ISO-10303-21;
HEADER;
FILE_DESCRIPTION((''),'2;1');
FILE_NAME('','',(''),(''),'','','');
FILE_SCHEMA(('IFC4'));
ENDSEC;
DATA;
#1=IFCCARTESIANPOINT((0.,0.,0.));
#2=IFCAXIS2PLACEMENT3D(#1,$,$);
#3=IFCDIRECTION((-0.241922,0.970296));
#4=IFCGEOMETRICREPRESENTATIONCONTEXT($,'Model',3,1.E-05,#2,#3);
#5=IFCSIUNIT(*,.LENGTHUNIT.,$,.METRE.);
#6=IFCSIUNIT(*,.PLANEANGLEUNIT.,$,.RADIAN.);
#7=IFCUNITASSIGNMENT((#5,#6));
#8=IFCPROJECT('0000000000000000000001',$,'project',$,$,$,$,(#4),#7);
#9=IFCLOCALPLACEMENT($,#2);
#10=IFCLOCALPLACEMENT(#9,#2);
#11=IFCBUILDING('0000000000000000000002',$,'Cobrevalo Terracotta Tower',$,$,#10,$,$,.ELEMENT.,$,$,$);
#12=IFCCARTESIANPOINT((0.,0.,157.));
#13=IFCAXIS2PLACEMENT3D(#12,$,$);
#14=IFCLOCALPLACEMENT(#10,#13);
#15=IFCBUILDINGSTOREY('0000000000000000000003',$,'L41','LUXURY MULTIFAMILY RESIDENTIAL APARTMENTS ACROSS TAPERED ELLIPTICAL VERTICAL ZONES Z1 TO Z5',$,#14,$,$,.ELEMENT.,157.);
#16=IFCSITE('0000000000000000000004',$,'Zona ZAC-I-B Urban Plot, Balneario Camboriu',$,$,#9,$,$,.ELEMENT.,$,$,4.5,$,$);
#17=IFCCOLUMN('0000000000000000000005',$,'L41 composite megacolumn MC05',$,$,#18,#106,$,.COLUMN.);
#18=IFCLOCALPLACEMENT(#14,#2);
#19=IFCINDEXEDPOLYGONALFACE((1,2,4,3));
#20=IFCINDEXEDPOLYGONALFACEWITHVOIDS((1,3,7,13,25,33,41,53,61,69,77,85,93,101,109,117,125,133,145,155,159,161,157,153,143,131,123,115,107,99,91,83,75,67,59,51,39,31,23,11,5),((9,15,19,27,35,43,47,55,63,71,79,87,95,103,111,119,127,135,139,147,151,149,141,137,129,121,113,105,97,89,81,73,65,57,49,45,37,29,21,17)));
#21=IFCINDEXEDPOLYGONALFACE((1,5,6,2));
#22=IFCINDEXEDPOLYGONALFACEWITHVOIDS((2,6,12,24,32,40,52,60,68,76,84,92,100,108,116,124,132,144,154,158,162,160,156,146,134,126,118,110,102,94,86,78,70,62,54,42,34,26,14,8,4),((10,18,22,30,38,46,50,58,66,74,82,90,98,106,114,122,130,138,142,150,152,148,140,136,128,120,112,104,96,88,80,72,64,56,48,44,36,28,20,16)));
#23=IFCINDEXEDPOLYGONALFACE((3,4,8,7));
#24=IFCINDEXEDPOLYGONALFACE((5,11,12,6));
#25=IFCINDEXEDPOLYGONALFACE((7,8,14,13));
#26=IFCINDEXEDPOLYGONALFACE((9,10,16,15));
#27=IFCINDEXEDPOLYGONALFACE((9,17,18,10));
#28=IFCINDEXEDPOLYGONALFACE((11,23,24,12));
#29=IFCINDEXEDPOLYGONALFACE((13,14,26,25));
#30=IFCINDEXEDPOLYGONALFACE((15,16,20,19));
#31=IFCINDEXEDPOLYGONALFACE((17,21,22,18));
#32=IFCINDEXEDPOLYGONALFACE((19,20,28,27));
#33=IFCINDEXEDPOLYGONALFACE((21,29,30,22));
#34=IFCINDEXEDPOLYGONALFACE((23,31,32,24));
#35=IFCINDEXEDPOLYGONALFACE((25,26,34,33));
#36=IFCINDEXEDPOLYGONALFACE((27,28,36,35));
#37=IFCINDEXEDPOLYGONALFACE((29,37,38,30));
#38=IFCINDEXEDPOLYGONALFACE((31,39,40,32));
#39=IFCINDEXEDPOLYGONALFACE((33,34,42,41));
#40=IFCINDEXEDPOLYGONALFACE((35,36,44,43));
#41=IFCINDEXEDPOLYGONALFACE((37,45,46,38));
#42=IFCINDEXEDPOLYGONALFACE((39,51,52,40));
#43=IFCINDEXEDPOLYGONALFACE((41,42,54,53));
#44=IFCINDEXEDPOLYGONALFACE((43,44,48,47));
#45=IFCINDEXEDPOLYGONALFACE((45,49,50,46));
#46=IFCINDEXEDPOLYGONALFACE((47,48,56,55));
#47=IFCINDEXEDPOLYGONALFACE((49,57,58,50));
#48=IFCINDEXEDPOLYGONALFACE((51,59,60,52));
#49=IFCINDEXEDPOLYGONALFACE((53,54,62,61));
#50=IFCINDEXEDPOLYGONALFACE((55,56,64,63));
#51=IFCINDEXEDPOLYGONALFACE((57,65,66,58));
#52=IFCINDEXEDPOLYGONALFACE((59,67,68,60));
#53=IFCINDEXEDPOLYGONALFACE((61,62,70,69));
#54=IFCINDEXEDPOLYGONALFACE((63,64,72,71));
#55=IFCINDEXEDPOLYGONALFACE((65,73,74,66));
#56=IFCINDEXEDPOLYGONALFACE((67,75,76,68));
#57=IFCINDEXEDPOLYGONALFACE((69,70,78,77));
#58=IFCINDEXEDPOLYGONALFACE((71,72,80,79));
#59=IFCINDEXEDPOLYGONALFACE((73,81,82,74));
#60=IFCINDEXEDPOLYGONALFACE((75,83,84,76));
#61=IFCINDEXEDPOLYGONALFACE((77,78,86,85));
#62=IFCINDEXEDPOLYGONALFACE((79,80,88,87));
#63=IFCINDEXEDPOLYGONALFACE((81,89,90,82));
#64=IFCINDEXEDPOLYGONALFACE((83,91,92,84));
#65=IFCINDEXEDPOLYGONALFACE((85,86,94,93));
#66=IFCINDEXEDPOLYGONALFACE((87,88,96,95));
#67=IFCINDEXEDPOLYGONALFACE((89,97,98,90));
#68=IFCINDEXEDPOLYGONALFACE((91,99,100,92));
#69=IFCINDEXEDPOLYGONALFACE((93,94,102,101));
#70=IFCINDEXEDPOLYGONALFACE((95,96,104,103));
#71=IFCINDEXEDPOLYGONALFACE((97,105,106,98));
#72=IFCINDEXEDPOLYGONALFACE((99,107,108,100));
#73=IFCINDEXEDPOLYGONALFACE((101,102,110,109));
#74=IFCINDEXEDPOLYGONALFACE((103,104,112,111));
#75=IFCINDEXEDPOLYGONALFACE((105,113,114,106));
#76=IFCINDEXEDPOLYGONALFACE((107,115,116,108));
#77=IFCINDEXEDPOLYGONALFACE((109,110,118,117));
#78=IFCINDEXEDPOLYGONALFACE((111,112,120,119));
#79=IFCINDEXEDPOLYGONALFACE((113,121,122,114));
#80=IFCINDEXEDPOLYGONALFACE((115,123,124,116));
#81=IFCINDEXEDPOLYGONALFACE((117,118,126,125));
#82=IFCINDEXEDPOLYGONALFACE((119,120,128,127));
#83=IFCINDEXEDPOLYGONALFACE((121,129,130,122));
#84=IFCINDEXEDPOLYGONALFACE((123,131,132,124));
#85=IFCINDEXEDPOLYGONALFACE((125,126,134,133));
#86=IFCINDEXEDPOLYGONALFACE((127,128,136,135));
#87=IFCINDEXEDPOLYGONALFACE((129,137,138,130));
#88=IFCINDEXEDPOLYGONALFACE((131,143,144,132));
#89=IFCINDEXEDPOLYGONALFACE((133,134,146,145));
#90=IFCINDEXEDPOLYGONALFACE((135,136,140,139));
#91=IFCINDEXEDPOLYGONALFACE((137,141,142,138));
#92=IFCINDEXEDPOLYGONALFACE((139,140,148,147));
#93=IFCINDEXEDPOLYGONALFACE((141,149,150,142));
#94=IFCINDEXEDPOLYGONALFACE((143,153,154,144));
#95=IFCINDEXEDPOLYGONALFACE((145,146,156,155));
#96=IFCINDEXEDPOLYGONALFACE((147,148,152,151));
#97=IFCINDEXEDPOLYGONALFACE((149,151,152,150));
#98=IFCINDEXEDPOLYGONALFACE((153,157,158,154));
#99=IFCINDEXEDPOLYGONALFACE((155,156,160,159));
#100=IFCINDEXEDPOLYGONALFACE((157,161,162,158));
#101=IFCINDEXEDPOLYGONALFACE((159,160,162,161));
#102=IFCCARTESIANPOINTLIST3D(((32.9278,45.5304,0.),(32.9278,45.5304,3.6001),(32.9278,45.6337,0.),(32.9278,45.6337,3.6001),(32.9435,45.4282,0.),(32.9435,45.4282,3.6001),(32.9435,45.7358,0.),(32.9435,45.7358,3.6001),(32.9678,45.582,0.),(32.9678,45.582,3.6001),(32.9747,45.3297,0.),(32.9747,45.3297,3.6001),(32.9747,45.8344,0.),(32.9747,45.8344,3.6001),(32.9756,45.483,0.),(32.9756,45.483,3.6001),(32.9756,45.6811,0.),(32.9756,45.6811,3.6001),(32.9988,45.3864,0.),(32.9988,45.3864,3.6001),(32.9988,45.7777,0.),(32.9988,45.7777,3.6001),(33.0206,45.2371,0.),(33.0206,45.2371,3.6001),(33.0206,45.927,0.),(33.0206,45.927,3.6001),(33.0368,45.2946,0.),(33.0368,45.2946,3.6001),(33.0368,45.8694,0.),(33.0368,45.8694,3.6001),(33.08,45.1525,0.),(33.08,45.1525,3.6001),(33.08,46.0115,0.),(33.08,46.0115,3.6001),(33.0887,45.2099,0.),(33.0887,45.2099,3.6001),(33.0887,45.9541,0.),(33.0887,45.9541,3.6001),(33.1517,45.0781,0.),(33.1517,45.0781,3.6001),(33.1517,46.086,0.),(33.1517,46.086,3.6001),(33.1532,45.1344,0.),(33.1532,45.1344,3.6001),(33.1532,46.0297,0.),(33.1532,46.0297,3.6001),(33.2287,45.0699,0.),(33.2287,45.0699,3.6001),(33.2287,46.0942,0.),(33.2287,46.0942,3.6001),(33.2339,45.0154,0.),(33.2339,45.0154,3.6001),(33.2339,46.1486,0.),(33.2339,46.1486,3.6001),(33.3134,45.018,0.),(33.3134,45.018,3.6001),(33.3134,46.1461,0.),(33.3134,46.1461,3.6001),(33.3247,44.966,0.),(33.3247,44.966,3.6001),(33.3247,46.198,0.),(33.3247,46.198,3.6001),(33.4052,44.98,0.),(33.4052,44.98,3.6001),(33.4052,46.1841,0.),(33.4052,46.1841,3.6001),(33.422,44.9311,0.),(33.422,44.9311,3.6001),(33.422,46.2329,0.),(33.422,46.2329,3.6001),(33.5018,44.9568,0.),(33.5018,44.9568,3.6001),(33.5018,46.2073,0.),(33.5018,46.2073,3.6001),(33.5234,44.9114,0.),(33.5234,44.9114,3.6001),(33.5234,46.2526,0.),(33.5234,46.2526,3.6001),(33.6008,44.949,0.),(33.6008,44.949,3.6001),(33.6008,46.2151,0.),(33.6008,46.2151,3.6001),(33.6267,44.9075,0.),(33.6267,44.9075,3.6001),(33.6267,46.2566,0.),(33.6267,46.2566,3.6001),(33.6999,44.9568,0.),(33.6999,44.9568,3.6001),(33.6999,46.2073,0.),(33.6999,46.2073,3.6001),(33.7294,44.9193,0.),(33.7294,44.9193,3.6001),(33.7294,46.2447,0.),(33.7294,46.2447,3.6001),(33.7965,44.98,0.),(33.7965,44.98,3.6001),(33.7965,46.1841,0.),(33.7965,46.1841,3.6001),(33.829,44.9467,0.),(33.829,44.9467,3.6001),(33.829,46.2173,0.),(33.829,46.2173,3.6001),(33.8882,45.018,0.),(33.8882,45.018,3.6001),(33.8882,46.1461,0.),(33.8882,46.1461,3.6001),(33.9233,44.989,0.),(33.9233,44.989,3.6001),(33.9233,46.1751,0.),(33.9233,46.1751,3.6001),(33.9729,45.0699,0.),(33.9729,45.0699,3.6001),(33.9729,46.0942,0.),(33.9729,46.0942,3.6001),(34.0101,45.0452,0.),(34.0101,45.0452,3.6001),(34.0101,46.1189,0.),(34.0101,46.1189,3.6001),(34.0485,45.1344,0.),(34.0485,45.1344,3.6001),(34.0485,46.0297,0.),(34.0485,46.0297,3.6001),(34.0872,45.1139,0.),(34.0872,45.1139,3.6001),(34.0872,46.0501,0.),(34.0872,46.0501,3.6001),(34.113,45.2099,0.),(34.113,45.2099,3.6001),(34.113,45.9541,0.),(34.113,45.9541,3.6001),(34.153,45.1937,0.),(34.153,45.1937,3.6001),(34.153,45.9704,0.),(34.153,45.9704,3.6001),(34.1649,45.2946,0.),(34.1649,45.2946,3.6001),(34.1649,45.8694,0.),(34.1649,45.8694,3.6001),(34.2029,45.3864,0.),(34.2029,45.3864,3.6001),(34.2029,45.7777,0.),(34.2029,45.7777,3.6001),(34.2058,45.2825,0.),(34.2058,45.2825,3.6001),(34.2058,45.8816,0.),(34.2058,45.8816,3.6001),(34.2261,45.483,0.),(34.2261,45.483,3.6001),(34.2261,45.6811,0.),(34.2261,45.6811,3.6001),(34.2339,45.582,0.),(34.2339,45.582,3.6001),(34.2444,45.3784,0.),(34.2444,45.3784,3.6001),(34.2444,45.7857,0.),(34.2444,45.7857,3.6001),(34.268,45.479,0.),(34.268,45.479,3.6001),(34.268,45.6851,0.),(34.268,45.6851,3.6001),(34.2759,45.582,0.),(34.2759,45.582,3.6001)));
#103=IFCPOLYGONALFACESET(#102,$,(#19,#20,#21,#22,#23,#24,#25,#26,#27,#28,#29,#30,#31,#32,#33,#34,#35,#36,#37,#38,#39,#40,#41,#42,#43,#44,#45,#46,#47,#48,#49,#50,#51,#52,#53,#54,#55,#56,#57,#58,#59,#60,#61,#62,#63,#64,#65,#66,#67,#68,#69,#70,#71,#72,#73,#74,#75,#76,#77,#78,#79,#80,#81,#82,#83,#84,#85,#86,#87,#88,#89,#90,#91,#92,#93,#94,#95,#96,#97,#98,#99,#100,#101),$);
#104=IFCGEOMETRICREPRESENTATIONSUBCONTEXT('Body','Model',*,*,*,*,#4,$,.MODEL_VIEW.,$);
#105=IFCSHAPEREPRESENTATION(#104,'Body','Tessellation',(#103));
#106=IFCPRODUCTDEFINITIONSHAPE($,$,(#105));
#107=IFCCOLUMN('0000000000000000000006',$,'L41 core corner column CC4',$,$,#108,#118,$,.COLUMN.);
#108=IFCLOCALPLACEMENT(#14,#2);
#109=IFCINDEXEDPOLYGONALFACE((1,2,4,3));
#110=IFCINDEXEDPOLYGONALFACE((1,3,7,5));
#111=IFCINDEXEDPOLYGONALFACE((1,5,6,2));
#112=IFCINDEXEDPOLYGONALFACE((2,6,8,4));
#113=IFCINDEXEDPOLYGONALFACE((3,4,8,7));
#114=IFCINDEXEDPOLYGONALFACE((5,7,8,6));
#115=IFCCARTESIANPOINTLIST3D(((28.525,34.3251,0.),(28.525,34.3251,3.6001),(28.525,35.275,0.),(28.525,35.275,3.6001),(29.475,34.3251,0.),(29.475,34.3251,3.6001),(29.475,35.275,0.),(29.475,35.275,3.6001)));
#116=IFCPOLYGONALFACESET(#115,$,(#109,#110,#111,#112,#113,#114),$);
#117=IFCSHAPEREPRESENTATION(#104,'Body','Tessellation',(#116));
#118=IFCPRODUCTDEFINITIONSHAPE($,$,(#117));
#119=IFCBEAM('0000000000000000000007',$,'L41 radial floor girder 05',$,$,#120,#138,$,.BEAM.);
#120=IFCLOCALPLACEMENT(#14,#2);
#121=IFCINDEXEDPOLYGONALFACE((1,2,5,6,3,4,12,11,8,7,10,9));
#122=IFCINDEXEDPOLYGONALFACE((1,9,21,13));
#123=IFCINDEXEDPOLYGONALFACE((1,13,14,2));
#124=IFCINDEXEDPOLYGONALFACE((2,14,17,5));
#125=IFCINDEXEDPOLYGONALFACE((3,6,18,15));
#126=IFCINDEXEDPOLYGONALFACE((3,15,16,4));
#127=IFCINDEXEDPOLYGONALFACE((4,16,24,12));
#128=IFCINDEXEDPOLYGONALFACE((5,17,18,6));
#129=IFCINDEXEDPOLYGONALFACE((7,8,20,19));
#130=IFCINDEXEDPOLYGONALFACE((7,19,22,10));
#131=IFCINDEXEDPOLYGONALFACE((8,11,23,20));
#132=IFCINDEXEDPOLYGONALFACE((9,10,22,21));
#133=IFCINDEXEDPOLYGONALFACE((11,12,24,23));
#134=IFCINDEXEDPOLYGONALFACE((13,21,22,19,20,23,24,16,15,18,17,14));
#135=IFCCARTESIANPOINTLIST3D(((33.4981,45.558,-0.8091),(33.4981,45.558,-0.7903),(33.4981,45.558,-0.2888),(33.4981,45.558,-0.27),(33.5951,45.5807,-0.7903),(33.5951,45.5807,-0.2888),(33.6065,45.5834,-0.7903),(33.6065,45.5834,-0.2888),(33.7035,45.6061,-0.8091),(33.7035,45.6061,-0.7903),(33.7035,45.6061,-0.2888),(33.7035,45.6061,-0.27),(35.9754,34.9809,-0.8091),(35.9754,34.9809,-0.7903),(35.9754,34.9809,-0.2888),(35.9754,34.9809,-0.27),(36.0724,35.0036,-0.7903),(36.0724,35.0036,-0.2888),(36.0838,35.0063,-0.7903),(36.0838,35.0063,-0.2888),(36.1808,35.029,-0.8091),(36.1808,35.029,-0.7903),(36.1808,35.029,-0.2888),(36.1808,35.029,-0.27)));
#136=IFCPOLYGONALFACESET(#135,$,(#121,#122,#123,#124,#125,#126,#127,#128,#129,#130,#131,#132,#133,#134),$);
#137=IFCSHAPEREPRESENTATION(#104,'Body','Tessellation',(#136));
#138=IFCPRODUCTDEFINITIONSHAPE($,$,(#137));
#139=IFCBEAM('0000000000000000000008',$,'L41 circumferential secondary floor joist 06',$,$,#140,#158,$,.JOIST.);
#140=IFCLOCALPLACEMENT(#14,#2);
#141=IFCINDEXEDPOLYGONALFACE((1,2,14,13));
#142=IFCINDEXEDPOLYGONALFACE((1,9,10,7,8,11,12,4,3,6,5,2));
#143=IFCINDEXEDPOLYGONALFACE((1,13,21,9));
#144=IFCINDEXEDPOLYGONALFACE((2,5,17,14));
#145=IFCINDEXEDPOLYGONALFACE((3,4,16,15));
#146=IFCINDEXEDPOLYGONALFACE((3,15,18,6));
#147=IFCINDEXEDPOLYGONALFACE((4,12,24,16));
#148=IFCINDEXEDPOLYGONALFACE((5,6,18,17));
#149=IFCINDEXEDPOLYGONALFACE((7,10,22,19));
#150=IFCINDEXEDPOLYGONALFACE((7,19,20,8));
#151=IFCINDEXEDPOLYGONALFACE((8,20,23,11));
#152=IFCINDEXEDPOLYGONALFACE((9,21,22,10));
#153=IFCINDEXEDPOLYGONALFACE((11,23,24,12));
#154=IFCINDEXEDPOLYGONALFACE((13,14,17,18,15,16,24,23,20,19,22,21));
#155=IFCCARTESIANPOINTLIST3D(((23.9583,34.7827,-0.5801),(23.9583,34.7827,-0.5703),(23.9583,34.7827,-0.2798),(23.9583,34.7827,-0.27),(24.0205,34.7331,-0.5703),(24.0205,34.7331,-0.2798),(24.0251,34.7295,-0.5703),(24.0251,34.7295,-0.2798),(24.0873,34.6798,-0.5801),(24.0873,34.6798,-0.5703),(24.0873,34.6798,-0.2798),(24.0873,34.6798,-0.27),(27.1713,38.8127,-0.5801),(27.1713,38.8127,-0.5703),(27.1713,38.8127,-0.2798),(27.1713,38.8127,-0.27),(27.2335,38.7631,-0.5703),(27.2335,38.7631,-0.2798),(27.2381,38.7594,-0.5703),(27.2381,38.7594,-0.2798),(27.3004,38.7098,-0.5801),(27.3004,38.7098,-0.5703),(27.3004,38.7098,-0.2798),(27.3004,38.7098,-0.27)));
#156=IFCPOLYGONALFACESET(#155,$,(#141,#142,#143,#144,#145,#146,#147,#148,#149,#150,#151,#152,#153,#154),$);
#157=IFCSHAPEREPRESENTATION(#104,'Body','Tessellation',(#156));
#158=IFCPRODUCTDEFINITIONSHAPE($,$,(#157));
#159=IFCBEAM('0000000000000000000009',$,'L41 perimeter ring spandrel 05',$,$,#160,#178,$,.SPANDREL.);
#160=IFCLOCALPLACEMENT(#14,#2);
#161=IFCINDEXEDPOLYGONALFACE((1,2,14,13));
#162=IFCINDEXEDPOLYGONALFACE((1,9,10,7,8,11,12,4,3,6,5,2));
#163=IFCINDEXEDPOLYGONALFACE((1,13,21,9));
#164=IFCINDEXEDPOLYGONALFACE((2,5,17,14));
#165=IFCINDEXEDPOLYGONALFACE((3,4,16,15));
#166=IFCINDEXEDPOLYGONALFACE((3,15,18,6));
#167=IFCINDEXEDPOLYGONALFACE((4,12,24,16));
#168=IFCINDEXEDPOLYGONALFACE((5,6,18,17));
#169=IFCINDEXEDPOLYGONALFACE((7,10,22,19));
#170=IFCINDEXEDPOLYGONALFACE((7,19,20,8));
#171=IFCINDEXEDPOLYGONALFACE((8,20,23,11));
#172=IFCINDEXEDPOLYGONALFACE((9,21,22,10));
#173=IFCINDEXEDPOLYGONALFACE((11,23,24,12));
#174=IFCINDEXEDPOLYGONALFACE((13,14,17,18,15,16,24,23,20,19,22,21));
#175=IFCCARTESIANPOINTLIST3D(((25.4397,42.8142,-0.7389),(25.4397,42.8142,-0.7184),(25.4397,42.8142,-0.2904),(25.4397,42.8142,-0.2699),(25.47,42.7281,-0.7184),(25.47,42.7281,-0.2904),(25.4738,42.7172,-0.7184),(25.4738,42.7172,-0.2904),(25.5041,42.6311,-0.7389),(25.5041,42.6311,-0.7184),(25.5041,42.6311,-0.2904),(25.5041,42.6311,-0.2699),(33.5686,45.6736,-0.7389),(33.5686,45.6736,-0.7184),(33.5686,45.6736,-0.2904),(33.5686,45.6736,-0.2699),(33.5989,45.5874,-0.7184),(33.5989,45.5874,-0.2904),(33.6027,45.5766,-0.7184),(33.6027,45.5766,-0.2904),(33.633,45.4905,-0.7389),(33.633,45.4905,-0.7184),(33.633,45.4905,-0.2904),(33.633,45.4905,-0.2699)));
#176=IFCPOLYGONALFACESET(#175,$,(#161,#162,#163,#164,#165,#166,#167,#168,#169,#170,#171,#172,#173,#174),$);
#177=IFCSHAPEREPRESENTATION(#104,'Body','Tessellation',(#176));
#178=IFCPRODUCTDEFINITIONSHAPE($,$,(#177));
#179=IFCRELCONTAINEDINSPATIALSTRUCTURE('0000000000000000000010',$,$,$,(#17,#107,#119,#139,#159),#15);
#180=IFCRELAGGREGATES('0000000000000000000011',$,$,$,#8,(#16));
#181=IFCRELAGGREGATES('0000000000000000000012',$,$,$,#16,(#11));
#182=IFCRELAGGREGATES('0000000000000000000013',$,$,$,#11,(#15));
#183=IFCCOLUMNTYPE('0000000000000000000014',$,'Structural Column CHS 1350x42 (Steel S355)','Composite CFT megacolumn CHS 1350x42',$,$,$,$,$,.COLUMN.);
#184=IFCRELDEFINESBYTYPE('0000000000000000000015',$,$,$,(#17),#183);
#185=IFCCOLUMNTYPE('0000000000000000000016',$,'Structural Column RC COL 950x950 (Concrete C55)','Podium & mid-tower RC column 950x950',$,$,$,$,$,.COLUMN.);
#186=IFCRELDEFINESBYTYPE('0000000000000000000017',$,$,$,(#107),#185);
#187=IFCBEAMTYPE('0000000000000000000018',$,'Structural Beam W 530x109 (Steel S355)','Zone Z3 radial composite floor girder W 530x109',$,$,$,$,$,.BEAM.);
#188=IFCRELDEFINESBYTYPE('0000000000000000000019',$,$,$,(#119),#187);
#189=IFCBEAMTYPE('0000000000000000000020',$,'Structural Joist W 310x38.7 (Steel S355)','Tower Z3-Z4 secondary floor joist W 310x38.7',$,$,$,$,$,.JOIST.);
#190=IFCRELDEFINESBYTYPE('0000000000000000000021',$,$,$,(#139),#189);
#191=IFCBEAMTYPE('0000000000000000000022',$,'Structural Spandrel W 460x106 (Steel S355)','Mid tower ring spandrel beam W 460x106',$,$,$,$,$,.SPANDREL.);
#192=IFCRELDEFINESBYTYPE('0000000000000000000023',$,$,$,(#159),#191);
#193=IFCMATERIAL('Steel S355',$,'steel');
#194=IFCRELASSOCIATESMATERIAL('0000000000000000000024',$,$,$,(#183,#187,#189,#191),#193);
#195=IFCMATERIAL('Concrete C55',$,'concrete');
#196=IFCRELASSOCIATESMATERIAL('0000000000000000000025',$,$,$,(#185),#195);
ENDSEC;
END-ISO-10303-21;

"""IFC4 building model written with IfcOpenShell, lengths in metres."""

from ifc_helpers import new_model, si_unit, direction, frame, origin, origin_2d, place, context, subcontext, project, spatial, rectangle, hollow_circle, i_section, extrude, material, material_profile, profile_set, type_object, element, save


model = new_model("IFC4")

# Units and contexts
model_context = context("Model", 3, precision=1e-05, world=origin(), true_north=direction((-0.241922, 0.970296)))
body_context = subcontext(model_context, "Body", "Model", "MODEL_VIEW")
ifc_project = project(units=[si_unit("LENGTHUNIT", "METRE"), si_unit("PLANEANGLEUNIT", "RADIAN")], contexts=[model_context])

# Site, building, storey
site_placement = place(None, origin())
site = spatial("IfcSite", under=ifc_project, at=site_placement, Name="Zona ZAC-I-B Urban Plot, Balneario Camboriu", CompositionType="ELEMENT", RefElevation=4.5)
building_placement = place(site_placement, origin())
building = spatial("IfcBuilding", under=site, at=building_placement, Name="Cobrevalo Terracotta Tower", CompositionType="ELEMENT")
storey_placement = place(building_placement, frame((0.0, 0.0, 157.0)))
storey = spatial("IfcBuildingStorey", under=building, at=storey_placement, Name="L41", Description="LUXURY MULTIFAMILY RESIDENTIAL APARTMENTS ACROSS TAPERED ELLIPTICAL VERTICAL ZONES Z1 TO Z5", CompositionType="ELEMENT", Elevation=157.0)

# Columns
ifc_material_1 = material(Name="Steel S355", Category="steel")
ifc_material_profile_1 = material_profile(ifc_material_1, hollow_circle(Radius=0.675, WallThickness=0.042, at=origin_2d()), Name="CHS 1350x42")
ifc_profile_set_1 = profile_set([ifc_material_profile_1], Name="Steel S355")
column_type_1 = type_object("IfcColumnType", Name="Structural Column CHS 1350x42 (Steel S355)", Description="Composite CFT megacolumn CHS 1350x42", PredefinedType="COLUMN", material=ifc_profile_set_1)
column_1_placement = place(storey_placement, frame((33.6008, 45.582, 0.0), z_axis=(0.0, 0.0, 1.0), x_axis=(1.0, 0.0, 0.0)))
element("IfcColumn", 1, at=column_1_placement, inside=storey, type_object=column_type_1, Name="L41 composite megacolumn MC05", PredefinedType="COLUMN", context=body_context, shape_type="SweptSolid", body=[
    extrude(hollow_circle(Radius=0.675, WallThickness=0.042, at=origin_2d()), origin(), (0.0, 0.0, 1.0), 3.6001),
])
ifc_material_2 = material(Name="Concrete C55", Category="concrete")
ifc_material_profile_2 = material_profile(ifc_material_2, rectangle(XDim=0.95, YDim=0.95, at=origin_2d()), Name="RC COL 950x950")
ifc_profile_set_2 = profile_set([ifc_material_profile_2], Name="Concrete C55")
column_type_2 = type_object("IfcColumnType", Name="Structural Column RC COL 950x950 (Concrete C55)", Description="Podium & mid-tower RC column 950x950", PredefinedType="COLUMN", material=ifc_profile_set_2)
column_2_placement = place(storey_placement, frame((29.0, 34.8, 0.0), z_axis=(0.0, 0.0, 1.0), x_axis=(1.0, 0.0, 0.0)))
element("IfcColumn", 2, at=column_2_placement, inside=storey, type_object=column_type_2, Name="L41 core corner column CC4", PredefinedType="COLUMN", context=body_context, shape_type="SweptSolid", body=[
    extrude(rectangle(XDim=0.95, YDim=0.95, at=origin_2d()), origin(), (0.0, 0.0, 1.0), 3.6001),
])

# Beams
ifc_material_profile_3 = material_profile(ifc_material_1, i_section(OverallWidth=0.2109, OverallDepth=0.5391, WebThickness=0.0117, FlangeThickness=0.0188, at=origin_2d()), Name="W 530x109")
ifc_profile_set_3 = profile_set([ifc_material_profile_3], Name="Steel S355")
beam_type_1 = type_object("IfcBeamType", Name="Structural Beam W 530x109 (Steel S355)", Description="Zone Z3 radial composite floor girder W 530x109", PredefinedType="BEAM", material=ifc_profile_set_3)
beam_1_placement = place(storey_placement, frame((33.6008, 45.582, -0.5396), z_axis=(0.228041, -0.973652, 0.0), x_axis=(0.973652, 0.228041, 0.0)))
element("IfcBeam", 3, at=beam_1_placement, inside=storey, type_object=beam_type_1, Name="L41 radial floor girder 05", PredefinedType="BEAM", context=body_context, shape_type="SweptSolid", body=[
    extrude(i_section(OverallWidth=0.2109, OverallDepth=0.5391, WebThickness=0.0117, FlangeThickness=0.0188, at=origin_2d()), origin(), (0.0, 0.0, 1.0), 10.8633),
])
ifc_material_profile_4 = material_profile(ifc_material_1, i_section(OverallWidth=0.165, OverallDepth=0.3101, WebThickness=0.0059, FlangeThickness=0.0098, at=origin_2d()), Name="W 310x38.7")
ifc_profile_set_4 = profile_set([ifc_material_profile_4], Name="Steel S355")
beam_type_2 = type_object("IfcBeamType", Name="Structural Joist W 310x38.7 (Steel S355)", Description="Tower Z3-Z4 secondary floor joist W 310x38.7", PredefinedType="JOIST", material=ifc_profile_set_4)
beam_2_placement = place(storey_placement, frame((27.2358, 38.7612, -0.425), z_axis=(-0.623406, -0.781898, 0.0), x_axis=(0.781898, -0.623406, 0.0)))
element("IfcBeam", 4, at=beam_2_placement, inside=storey, type_object=beam_type_2, Name="L41 circumferential secondary floor joist 06", PredefinedType="JOIST", context=body_context, shape_type="SweptSolid", body=[
    extrude(i_section(OverallWidth=0.165, OverallDepth=0.3101, WebThickness=0.0059, FlangeThickness=0.0098, at=origin_2d()), origin(), (0.0, 0.0, 1.0), 5.1541),
])
ifc_material_profile_5 = material_profile(ifc_material_1, i_section(OverallWidth=0.1941, OverallDepth=0.469, WebThickness=0.0115, FlangeThickness=0.0205, at=origin_2d()), Name="W 460x106")
ifc_profile_set_5 = profile_set([ifc_material_profile_5], Name="Steel S355")
beam_type_3 = type_object("IfcBeamType", Name="Structural Spandrel W 460x106 (Steel S355)", Description="Mid tower ring spandrel beam W 460x106", PredefinedType="SPANDREL", material=ifc_profile_set_5)
beam_3_placement = place(storey_placement, frame((33.6008, 45.582, -0.5044), z_axis=(-0.943341, -0.331824, 0.0), x_axis=(0.331824, -0.943341, 0.0)))
element("IfcBeam", 5, at=beam_3_placement, inside=storey, type_object=beam_type_3, Name="L41 perimeter ring spandrel 05", PredefinedType="SPANDREL", context=body_context, shape_type="SweptSolid", body=[
    extrude(i_section(OverallWidth=0.1941, OverallDepth=0.469, WebThickness=0.0115, FlangeThickness=0.0205, at=origin_2d()), origin(), (0.0, 0.0, 1.0), 8.6172),
])

save(model, "model.ifc")
